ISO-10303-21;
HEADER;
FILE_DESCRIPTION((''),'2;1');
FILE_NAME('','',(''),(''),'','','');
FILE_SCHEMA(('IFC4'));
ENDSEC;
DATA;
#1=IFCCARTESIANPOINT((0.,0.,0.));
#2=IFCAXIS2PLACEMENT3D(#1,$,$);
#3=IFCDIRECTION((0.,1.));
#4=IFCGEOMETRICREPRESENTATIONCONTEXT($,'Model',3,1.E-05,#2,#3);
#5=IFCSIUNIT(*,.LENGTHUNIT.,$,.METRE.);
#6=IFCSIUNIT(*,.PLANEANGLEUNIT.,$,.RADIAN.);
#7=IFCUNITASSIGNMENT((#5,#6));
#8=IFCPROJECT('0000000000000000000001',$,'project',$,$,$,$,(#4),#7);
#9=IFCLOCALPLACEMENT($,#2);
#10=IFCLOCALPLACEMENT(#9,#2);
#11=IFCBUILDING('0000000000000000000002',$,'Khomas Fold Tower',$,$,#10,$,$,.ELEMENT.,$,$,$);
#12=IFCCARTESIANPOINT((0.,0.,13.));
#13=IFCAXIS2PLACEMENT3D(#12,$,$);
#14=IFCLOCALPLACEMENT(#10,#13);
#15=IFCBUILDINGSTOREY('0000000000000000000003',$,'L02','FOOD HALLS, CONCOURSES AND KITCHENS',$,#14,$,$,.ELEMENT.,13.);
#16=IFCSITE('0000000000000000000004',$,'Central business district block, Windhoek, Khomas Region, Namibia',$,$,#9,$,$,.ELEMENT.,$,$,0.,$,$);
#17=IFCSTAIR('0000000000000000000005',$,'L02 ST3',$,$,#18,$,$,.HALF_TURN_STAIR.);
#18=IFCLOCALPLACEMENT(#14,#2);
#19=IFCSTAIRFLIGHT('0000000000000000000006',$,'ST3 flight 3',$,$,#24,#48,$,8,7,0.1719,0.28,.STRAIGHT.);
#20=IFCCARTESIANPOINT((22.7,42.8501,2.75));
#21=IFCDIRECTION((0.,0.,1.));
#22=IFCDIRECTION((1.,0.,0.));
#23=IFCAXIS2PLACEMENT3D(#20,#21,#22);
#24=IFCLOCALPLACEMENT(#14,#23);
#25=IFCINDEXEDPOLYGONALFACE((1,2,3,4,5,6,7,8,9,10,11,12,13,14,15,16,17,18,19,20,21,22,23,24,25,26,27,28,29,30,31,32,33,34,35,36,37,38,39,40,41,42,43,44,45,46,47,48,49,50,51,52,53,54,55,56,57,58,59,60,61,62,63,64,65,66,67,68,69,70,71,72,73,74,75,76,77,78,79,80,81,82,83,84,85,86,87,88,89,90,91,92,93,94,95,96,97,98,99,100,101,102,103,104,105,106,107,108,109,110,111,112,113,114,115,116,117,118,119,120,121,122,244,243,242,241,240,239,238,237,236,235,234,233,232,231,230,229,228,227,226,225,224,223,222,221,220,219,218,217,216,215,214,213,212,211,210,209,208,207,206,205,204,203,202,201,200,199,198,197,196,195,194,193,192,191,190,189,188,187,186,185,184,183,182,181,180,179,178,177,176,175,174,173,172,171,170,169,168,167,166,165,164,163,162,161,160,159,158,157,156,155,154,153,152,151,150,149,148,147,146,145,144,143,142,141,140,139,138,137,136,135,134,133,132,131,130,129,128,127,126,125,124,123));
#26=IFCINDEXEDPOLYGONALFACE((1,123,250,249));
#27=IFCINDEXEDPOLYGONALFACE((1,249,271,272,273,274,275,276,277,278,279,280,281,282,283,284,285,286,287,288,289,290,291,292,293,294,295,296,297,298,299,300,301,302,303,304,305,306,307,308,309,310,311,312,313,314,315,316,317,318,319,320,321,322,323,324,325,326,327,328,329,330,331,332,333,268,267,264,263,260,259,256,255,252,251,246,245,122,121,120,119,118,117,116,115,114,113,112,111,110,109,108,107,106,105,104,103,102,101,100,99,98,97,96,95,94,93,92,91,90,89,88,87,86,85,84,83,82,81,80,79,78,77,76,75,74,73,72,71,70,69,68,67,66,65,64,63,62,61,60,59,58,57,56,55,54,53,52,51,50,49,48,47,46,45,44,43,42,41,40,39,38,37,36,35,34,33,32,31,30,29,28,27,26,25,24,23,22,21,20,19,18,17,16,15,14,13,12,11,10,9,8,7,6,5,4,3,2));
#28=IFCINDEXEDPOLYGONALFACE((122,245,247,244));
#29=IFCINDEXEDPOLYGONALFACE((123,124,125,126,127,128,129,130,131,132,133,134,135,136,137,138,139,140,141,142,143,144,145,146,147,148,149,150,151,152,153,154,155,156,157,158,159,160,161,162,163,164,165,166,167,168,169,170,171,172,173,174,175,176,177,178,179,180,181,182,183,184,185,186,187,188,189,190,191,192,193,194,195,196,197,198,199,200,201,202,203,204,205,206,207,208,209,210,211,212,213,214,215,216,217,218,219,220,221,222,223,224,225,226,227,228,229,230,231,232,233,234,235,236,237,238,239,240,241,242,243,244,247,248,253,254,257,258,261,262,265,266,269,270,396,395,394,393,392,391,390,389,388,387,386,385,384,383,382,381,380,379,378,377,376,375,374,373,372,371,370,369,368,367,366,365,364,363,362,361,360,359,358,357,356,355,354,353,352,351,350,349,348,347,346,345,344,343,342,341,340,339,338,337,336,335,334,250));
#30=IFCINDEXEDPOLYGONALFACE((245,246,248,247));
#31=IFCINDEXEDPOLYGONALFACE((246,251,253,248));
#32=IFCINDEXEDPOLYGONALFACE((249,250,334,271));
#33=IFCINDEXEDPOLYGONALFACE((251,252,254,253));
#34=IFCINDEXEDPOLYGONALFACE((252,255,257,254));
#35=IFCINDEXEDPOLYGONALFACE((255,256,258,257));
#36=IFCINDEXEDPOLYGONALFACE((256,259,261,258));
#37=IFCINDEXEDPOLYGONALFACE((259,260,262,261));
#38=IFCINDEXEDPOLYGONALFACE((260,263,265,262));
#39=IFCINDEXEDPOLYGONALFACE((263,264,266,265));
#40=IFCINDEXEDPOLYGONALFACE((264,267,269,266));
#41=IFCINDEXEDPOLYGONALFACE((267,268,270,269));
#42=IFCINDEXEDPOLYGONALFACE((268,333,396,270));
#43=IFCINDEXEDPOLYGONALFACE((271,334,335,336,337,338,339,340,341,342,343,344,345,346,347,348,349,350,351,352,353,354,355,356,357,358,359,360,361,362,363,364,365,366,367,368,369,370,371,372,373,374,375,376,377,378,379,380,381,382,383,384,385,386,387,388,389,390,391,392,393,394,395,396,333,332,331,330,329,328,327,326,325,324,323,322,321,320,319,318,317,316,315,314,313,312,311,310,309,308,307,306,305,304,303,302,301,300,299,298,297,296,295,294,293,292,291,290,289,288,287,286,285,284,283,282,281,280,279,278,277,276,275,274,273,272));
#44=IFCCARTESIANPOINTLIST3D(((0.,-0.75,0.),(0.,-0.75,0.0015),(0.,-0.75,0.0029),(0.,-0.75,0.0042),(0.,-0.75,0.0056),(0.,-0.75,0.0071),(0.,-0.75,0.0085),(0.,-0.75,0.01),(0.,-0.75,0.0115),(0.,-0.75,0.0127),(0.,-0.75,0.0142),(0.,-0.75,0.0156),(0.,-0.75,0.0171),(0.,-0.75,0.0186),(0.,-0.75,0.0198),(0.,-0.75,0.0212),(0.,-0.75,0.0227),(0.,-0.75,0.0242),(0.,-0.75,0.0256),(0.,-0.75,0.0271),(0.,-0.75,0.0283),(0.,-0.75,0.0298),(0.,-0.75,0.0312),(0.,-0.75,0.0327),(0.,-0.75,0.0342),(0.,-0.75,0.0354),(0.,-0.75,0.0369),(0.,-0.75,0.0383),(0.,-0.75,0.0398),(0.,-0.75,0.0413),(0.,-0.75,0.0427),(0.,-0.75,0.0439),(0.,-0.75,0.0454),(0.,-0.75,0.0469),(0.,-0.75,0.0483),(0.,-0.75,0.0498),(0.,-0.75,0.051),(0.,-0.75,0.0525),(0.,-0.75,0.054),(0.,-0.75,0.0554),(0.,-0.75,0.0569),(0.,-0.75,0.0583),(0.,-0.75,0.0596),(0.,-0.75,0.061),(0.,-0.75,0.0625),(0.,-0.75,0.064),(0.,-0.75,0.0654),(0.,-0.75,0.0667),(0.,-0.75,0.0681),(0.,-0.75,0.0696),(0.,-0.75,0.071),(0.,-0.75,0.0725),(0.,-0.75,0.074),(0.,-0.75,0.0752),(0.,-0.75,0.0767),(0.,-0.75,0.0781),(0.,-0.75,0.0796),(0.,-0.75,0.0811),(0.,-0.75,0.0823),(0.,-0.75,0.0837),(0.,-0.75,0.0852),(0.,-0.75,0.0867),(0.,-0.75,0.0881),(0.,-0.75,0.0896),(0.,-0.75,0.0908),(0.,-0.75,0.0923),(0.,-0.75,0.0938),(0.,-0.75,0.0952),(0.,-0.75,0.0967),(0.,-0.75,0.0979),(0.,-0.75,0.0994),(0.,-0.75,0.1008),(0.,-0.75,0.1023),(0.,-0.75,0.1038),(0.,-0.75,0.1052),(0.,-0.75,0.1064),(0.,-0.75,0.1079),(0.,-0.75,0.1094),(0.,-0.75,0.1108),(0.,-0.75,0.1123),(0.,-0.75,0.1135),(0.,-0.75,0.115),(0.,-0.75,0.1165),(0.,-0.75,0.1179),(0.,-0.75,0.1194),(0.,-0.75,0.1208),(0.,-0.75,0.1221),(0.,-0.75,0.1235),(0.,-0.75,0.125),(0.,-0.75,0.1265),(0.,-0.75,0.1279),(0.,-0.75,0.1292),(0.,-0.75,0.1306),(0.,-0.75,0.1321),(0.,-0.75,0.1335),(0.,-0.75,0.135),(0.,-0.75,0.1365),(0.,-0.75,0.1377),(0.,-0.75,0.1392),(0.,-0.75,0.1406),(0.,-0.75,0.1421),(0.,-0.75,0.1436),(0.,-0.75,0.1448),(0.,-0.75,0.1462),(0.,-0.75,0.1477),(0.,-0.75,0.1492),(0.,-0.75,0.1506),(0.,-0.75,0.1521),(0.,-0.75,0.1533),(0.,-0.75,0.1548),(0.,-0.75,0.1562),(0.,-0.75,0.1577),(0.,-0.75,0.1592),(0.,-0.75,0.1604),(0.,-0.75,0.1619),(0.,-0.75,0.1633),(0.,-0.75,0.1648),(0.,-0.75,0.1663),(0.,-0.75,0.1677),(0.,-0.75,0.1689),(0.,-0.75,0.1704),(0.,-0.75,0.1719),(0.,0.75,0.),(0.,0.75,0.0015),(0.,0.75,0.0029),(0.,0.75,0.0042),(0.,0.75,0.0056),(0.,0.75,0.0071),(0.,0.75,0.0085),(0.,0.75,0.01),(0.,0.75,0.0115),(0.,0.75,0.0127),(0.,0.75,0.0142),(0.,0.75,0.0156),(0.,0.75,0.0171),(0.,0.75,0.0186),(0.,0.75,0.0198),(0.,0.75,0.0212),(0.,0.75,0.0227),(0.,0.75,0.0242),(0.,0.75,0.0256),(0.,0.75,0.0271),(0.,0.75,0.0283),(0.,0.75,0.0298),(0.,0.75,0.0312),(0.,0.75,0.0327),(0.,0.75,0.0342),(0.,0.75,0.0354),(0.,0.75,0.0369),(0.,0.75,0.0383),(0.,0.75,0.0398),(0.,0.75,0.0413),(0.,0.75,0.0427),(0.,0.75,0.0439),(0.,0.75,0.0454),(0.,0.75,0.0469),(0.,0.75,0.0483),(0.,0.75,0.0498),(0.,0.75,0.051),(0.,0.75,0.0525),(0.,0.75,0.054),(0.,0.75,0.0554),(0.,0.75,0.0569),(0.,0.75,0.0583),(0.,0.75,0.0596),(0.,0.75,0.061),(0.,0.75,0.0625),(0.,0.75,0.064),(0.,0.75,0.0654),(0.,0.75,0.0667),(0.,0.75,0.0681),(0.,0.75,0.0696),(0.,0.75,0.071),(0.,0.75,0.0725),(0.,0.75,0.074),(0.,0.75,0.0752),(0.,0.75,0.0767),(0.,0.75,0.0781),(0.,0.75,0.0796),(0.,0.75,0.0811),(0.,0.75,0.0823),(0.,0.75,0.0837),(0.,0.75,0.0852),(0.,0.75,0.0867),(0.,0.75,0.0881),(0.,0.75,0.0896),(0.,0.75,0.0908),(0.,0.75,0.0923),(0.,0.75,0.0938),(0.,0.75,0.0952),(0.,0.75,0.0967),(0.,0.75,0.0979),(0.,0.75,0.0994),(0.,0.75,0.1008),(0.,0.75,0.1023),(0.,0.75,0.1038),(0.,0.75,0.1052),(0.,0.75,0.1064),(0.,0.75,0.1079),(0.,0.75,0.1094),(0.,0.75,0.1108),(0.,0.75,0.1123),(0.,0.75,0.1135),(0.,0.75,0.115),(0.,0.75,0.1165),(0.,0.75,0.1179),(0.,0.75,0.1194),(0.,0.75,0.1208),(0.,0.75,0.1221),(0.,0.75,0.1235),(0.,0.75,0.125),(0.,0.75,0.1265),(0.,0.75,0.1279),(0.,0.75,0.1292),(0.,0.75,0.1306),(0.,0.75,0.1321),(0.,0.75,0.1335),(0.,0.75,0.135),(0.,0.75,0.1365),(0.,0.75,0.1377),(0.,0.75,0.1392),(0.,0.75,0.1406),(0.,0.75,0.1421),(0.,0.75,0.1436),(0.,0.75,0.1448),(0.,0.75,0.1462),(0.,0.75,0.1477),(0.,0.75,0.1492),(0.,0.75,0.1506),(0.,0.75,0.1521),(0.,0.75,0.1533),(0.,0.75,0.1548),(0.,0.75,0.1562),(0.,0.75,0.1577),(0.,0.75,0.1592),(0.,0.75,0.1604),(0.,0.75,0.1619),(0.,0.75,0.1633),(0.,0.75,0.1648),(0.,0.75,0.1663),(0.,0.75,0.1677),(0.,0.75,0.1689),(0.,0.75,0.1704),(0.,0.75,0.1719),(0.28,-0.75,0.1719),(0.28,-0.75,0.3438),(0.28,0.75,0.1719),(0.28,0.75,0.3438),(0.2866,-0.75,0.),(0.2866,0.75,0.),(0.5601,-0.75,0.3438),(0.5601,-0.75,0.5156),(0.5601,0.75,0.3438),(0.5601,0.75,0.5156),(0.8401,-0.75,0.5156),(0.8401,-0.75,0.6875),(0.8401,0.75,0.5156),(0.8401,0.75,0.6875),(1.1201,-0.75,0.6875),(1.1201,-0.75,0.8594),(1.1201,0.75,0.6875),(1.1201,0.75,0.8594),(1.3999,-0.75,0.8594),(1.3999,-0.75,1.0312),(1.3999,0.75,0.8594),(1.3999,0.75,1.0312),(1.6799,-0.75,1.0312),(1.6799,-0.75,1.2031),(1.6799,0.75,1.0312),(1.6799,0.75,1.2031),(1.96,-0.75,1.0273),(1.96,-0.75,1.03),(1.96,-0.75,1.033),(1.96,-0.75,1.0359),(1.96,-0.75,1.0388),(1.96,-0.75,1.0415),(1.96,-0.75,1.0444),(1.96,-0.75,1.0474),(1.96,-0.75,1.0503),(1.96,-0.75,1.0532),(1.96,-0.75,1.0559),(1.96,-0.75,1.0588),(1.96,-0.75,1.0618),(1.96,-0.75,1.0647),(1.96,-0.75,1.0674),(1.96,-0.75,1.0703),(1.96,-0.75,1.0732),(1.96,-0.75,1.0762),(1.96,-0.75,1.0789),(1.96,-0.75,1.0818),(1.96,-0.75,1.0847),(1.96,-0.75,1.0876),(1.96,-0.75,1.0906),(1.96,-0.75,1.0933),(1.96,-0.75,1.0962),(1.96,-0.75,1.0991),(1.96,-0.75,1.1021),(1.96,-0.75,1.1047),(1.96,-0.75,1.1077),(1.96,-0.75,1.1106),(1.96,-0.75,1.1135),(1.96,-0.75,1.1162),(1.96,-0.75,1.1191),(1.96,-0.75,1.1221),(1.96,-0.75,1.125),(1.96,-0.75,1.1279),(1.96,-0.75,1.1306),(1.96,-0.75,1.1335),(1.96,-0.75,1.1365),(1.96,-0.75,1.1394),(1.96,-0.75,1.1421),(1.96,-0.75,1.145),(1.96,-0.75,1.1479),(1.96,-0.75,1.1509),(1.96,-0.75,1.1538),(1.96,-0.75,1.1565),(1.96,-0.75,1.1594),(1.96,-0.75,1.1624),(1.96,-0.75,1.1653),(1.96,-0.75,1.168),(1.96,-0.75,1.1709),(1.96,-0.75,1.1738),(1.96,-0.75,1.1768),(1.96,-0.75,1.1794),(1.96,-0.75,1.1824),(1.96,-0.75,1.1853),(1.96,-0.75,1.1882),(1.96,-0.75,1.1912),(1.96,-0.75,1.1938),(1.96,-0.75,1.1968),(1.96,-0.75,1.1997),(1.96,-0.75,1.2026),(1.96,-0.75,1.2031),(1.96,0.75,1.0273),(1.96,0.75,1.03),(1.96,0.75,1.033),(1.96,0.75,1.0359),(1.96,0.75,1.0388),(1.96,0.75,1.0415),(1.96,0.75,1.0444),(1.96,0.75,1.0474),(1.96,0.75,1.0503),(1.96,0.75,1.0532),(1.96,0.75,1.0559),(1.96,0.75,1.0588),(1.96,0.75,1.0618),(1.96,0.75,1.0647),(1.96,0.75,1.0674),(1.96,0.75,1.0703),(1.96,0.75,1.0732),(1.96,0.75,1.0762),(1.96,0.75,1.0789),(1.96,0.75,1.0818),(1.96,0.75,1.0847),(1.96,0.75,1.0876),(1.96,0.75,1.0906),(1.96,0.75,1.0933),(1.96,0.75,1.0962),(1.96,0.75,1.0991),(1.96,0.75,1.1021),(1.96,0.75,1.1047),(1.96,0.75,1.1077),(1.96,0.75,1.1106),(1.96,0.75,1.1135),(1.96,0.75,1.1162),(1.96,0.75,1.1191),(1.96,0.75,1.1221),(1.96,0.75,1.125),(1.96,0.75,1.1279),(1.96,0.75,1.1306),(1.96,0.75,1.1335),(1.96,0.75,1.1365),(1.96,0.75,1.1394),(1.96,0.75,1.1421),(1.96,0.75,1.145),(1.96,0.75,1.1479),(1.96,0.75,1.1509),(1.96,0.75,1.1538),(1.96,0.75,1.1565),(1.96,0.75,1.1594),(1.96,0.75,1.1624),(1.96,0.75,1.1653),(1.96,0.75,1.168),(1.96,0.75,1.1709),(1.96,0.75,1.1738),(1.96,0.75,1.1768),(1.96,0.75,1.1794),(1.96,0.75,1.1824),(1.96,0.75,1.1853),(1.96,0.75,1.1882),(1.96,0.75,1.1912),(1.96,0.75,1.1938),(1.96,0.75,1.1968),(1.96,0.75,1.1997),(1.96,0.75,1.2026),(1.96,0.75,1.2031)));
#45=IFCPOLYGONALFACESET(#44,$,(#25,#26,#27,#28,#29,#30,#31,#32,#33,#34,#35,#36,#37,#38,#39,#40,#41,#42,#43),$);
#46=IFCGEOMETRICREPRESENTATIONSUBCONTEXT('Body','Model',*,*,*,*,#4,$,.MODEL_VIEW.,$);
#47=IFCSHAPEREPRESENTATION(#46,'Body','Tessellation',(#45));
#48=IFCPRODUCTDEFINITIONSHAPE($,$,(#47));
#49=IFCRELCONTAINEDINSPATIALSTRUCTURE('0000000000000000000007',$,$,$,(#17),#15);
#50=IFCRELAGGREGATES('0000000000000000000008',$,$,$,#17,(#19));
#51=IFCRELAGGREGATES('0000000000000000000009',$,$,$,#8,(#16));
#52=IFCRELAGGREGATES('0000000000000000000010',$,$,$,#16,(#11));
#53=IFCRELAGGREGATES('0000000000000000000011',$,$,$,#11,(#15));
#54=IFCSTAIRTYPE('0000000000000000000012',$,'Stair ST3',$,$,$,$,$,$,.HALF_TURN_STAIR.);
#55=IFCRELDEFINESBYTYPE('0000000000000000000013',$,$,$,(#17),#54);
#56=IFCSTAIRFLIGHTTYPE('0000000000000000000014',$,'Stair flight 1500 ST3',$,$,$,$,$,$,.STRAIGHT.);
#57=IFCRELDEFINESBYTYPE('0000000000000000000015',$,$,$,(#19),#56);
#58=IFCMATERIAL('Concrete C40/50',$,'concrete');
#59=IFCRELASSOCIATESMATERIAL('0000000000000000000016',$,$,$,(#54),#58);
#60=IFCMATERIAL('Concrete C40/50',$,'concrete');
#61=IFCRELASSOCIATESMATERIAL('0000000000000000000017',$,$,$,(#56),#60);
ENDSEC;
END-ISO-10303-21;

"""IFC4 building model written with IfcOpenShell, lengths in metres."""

from ifc_helpers import new_model, si_unit, direction, frame, origin, place, context, subcontext, project, spatial, polyline, outline, extrude, source, transform, mapped, material, type_object, element, aggregate, save


model = new_model("IFC4")

# Units and contexts
model_context = context("Model", 3, precision=1e-05, world=origin(), true_north=direction((0.0, 1.0)))
body_context = subcontext(model_context, "Body", "Model", "MODEL_VIEW")
ifc_project = project(units=[si_unit("LENGTHUNIT", "METRE"), si_unit("PLANEANGLEUNIT", "RADIAN")], contexts=[model_context])

# Site, building, storey
site_placement = place(None, origin())
site = spatial("IfcSite", under=ifc_project, at=site_placement, Name="Central business district block, Windhoek, Khomas Region, Namibia", CompositionType="ELEMENT", RefElevation=0.0)
building_placement = place(site_placement, origin())
building = spatial("IfcBuilding", under=site, at=building_placement, Name="Khomas Fold Tower", CompositionType="ELEMENT")
storey_placement = place(building_placement, frame((0.0, 0.0, 13.0)))
storey = spatial("IfcBuildingStorey", under=building, at=storey_placement, Name="L02", Description="FOOD HALLS, CONCOURSES AND KITCHENS", CompositionType="ELEMENT", Elevation=13.0)

# Stair, stair flight
shared_shape_1 = source(origin(), body_context, "Body", "SweptSolid", [
    extrude(outline(polyline([(0.0, 0.0), (0.0, 0.0015), (0.0, 0.0029), (0.0, 0.0042), (0.0, 0.0056), (0.0, 0.0071), (0.0, 0.0085), (0.0, 0.01), (0.0, 0.0115), (0.0, 0.0127), (0.0, 0.0142), (0.0, 0.0156), (0.0, 0.0171), (0.0, 0.0186), (0.0, 0.0198), (0.0, 0.0212), (0.0, 0.0227), (0.0, 0.0242), (0.0, 0.0256), (0.0, 0.0271), (0.0, 0.0283), (0.0, 0.0298), (0.0, 0.0312), (0.0, 0.0327), (0.0, 0.0342), (0.0, 0.0354), (0.0, 0.0369), (0.0, 0.0383), (0.0, 0.0398), (0.0, 0.0413), (0.0, 0.0427), (0.0, 0.0439), (0.0, 0.0454), (0.0, 0.0469), (0.0, 0.0483), (0.0, 0.0498), (0.0, 0.051), (0.0, 0.0525), (0.0, 0.054), (0.0, 0.0554), (0.0, 0.0569), (0.0, 0.0583), (0.0, 0.0596), (0.0, 0.061), (0.0, 0.0625), (0.0, 0.064), (0.0, 0.0654), (0.0, 0.0667), (0.0, 0.0681), (0.0, 0.0696), (0.0, 0.071), (0.0, 0.0725), (0.0, 0.074), (0.0, 0.0752), (0.0, 0.0767), (0.0, 0.0781), (0.0, 0.0796), (0.0, 0.0811), (0.0, 0.0823), (0.0, 0.0837), (0.0, 0.0852), (0.0, 0.0867), (0.0, 0.0881), (0.0, 0.0896), (0.0, 0.0908), (0.0, 0.0923), (0.0, 0.0938), (0.0, 0.0952), (0.0, 0.0967), (0.0, 0.0979), (0.0, 0.0994), (0.0, 0.1008), (0.0, 0.1023), (0.0, 0.1038), (0.0, 0.1052), (0.0, 0.1064), (0.0, 0.1079), (0.0, 0.1094), (0.0, 0.1108), (0.0, 0.1123), (0.0, 0.1135), (0.0, 0.115), (0.0, 0.1165), (0.0, 0.1179), (0.0, 0.1194), (0.0, 0.1208), (0.0, 0.1221), (0.0, 0.1235), (0.0, 0.125), (0.0, 0.1265), (0.0, 0.1279), (0.0, 0.1292), (0.0, 0.1306), (0.0, 0.1321), (0.0, 0.1335), (0.0, 0.135), (0.0, 0.1365), (0.0, 0.1377), (0.0, 0.1392), (0.0, 0.1406), (0.0, 0.1421), (0.0, 0.1436), (0.0, 0.1448), (0.0, 0.1462), (0.0, 0.1477), (0.0, 0.1492), (0.0, 0.1506), (0.0, 0.1521), (0.0, 0.1533), (0.0, 0.1548), (0.0, 0.1562), (0.0, 0.1577), (0.0, 0.1592), (0.0, 0.1604), (0.0, 0.1619), (0.0, 0.1633), (0.0, 0.1648), (0.0, 0.1663), (0.0, 0.1677), (0.0, 0.1689), (0.0, 0.1704), (0.0, 0.1719), (0.28, 0.1719), (0.28, 0.3438), (0.5601, 0.3438), (0.5601, 0.5156), (0.8401, 0.5156), (0.8401, 0.6875), (1.1201, 0.6875), (1.1201, 0.8594), (1.3999, 0.8594), (1.3999, 1.0312), (1.6799, 1.0312), (1.6799, 1.2031), (1.96, 1.2031), (1.96, 1.375), (1.96, 1.3721), (1.96, 1.3691), (1.96, 1.3665), (1.96, 1.3635), (1.96, 1.3606), (1.96, 1.3577), (1.96, 1.355), (1.96, 1.3521), (1.96, 1.3491), (1.96, 1.3462), (1.96, 1.3435), (1.96, 1.3406), (1.96, 1.3376), (1.96, 1.3347), (1.96, 1.3318), (1.96, 1.3291), (1.96, 1.3262), (1.96, 1.3232), (1.96, 1.3203), (1.96, 1.3176), (1.96, 1.3147), (1.96, 1.3118), (1.96, 1.3088), (1.96, 1.3059), (1.96, 1.3032), (1.96, 1.3003), (1.96, 1.2974), (1.96, 1.2944), (1.96, 1.2917), (1.96, 1.2888), (1.96, 1.2859), (1.96, 1.283), (1.96, 1.2803), (1.96, 1.2773), (1.96, 1.2744), (1.96, 1.2715), (1.96, 1.2686), (1.96, 1.2659), (1.96, 1.2629), (1.96, 1.26), (1.96, 1.2571), (1.96, 1.2544), (1.96, 1.2515), (1.96, 1.2485), (1.96, 1.2456), (1.96, 1.2427), (1.96, 1.24), (1.96, 1.2371), (1.96, 1.2341), (1.96, 1.2312), (1.96, 1.2285), (1.96, 1.2256), (1.96, 1.2227), (1.96, 1.2197), (1.96, 1.217), (1.96, 1.2141), (1.96, 1.2112), (1.96, 1.2083), (1.96, 1.2053), (1.96, 1.2026), (1.96, 1.1997), (1.96, 1.1968), (1.96, 1.1938), (1.96, 1.1912), (1.96, 1.1882), (1.96, 1.1853), (1.96, 1.1824), (1.96, 1.1794), (1.96, 1.1768), (1.96, 1.1738), (1.96, 1.1709), (1.96, 1.168), (1.96, 1.1653), (1.96, 1.1624), (1.96, 1.1594), (1.96, 1.1565), (1.96, 1.1538), (1.96, 1.1509), (1.96, 1.1479), (1.96, 1.145), (1.96, 1.1421), (1.96, 1.1394), (1.96, 1.1365), (1.96, 1.1335), (1.96, 1.1306), (1.96, 1.1279), (1.96, 1.125), (1.96, 1.1221), (1.96, 1.1191), (1.96, 1.1162), (1.96, 1.1135), (1.96, 1.1106), (1.96, 1.1077), (1.96, 1.1047), (1.96, 1.1021), (1.96, 1.0991), (1.96, 1.0962), (1.96, 1.0933), (1.96, 1.0906), (1.96, 1.0876), (1.96, 1.0847), (1.96, 1.0818), (1.96, 1.0789), (1.96, 1.0762), (1.96, 1.0732), (1.96, 1.0703), (1.96, 1.0674), (1.96, 1.0647), (1.96, 1.0618), (1.96, 1.0588), (1.96, 1.0559), (1.96, 1.0532), (1.96, 1.0503), (1.96, 1.0474), (1.96, 1.0444), (1.96, 1.0415), (1.96, 1.0388), (1.96, 1.0359), (1.96, 1.033), (1.96, 1.03), (1.96, 1.0273), (0.2866, 0.0), (0.0, 0.0)])), frame((0.0, 0.75, 0.0), z_axis=(0.0, -1.0, 0.0), x_axis=(1.0, 0.0, 0.0)), (0.0, 0.0, 1.0), 1.5),
])
ifc_material_1 = material(Name="Concrete C40/50", Category="concrete")
stair_type_1 = type_object("IfcStairType", Name="Stair ST3", PredefinedType="HALF_TURN_STAIR", material=ifc_material_1)
stair_1_placement = place(storey_placement, origin())
stair_1 = element("IfcStair", 1, at=stair_1_placement, inside=storey, type_object=stair_type_1, Name="L02 ST3", PredefinedType="HALF_TURN_STAIR")
ifc_material_2 = material(Name="Concrete C40/50", Category="concrete")
stair_flight_type_1 = type_object("IfcStairFlightType", Name="Stair flight 1500 ST3", PredefinedType="STRAIGHT", material=ifc_material_2)
stair_flight_1_placement = place(storey_placement, frame((22.7, 42.8501, 2.75), z_axis=(0.0, 0.0, 1.0), x_axis=(1.0, 0.0, 0.0)))
stair_flight_1 = element("IfcStairFlight", 2, at=stair_flight_1_placement, type_object=stair_flight_type_1, Name="ST3 flight 3", NumberOfRisers=8, NumberOfTreads=7, PredefinedType="STRAIGHT", RiserHeight=0.1719, TreadLength=0.28, context=body_context, shape_type="MappedRepresentation", body=[
    mapped(shared_shape_1, transform((0.0, 0.0, 0.0))),
])
aggregate(stair_1, [stair_flight_1])

save(model, "model.ifc")
